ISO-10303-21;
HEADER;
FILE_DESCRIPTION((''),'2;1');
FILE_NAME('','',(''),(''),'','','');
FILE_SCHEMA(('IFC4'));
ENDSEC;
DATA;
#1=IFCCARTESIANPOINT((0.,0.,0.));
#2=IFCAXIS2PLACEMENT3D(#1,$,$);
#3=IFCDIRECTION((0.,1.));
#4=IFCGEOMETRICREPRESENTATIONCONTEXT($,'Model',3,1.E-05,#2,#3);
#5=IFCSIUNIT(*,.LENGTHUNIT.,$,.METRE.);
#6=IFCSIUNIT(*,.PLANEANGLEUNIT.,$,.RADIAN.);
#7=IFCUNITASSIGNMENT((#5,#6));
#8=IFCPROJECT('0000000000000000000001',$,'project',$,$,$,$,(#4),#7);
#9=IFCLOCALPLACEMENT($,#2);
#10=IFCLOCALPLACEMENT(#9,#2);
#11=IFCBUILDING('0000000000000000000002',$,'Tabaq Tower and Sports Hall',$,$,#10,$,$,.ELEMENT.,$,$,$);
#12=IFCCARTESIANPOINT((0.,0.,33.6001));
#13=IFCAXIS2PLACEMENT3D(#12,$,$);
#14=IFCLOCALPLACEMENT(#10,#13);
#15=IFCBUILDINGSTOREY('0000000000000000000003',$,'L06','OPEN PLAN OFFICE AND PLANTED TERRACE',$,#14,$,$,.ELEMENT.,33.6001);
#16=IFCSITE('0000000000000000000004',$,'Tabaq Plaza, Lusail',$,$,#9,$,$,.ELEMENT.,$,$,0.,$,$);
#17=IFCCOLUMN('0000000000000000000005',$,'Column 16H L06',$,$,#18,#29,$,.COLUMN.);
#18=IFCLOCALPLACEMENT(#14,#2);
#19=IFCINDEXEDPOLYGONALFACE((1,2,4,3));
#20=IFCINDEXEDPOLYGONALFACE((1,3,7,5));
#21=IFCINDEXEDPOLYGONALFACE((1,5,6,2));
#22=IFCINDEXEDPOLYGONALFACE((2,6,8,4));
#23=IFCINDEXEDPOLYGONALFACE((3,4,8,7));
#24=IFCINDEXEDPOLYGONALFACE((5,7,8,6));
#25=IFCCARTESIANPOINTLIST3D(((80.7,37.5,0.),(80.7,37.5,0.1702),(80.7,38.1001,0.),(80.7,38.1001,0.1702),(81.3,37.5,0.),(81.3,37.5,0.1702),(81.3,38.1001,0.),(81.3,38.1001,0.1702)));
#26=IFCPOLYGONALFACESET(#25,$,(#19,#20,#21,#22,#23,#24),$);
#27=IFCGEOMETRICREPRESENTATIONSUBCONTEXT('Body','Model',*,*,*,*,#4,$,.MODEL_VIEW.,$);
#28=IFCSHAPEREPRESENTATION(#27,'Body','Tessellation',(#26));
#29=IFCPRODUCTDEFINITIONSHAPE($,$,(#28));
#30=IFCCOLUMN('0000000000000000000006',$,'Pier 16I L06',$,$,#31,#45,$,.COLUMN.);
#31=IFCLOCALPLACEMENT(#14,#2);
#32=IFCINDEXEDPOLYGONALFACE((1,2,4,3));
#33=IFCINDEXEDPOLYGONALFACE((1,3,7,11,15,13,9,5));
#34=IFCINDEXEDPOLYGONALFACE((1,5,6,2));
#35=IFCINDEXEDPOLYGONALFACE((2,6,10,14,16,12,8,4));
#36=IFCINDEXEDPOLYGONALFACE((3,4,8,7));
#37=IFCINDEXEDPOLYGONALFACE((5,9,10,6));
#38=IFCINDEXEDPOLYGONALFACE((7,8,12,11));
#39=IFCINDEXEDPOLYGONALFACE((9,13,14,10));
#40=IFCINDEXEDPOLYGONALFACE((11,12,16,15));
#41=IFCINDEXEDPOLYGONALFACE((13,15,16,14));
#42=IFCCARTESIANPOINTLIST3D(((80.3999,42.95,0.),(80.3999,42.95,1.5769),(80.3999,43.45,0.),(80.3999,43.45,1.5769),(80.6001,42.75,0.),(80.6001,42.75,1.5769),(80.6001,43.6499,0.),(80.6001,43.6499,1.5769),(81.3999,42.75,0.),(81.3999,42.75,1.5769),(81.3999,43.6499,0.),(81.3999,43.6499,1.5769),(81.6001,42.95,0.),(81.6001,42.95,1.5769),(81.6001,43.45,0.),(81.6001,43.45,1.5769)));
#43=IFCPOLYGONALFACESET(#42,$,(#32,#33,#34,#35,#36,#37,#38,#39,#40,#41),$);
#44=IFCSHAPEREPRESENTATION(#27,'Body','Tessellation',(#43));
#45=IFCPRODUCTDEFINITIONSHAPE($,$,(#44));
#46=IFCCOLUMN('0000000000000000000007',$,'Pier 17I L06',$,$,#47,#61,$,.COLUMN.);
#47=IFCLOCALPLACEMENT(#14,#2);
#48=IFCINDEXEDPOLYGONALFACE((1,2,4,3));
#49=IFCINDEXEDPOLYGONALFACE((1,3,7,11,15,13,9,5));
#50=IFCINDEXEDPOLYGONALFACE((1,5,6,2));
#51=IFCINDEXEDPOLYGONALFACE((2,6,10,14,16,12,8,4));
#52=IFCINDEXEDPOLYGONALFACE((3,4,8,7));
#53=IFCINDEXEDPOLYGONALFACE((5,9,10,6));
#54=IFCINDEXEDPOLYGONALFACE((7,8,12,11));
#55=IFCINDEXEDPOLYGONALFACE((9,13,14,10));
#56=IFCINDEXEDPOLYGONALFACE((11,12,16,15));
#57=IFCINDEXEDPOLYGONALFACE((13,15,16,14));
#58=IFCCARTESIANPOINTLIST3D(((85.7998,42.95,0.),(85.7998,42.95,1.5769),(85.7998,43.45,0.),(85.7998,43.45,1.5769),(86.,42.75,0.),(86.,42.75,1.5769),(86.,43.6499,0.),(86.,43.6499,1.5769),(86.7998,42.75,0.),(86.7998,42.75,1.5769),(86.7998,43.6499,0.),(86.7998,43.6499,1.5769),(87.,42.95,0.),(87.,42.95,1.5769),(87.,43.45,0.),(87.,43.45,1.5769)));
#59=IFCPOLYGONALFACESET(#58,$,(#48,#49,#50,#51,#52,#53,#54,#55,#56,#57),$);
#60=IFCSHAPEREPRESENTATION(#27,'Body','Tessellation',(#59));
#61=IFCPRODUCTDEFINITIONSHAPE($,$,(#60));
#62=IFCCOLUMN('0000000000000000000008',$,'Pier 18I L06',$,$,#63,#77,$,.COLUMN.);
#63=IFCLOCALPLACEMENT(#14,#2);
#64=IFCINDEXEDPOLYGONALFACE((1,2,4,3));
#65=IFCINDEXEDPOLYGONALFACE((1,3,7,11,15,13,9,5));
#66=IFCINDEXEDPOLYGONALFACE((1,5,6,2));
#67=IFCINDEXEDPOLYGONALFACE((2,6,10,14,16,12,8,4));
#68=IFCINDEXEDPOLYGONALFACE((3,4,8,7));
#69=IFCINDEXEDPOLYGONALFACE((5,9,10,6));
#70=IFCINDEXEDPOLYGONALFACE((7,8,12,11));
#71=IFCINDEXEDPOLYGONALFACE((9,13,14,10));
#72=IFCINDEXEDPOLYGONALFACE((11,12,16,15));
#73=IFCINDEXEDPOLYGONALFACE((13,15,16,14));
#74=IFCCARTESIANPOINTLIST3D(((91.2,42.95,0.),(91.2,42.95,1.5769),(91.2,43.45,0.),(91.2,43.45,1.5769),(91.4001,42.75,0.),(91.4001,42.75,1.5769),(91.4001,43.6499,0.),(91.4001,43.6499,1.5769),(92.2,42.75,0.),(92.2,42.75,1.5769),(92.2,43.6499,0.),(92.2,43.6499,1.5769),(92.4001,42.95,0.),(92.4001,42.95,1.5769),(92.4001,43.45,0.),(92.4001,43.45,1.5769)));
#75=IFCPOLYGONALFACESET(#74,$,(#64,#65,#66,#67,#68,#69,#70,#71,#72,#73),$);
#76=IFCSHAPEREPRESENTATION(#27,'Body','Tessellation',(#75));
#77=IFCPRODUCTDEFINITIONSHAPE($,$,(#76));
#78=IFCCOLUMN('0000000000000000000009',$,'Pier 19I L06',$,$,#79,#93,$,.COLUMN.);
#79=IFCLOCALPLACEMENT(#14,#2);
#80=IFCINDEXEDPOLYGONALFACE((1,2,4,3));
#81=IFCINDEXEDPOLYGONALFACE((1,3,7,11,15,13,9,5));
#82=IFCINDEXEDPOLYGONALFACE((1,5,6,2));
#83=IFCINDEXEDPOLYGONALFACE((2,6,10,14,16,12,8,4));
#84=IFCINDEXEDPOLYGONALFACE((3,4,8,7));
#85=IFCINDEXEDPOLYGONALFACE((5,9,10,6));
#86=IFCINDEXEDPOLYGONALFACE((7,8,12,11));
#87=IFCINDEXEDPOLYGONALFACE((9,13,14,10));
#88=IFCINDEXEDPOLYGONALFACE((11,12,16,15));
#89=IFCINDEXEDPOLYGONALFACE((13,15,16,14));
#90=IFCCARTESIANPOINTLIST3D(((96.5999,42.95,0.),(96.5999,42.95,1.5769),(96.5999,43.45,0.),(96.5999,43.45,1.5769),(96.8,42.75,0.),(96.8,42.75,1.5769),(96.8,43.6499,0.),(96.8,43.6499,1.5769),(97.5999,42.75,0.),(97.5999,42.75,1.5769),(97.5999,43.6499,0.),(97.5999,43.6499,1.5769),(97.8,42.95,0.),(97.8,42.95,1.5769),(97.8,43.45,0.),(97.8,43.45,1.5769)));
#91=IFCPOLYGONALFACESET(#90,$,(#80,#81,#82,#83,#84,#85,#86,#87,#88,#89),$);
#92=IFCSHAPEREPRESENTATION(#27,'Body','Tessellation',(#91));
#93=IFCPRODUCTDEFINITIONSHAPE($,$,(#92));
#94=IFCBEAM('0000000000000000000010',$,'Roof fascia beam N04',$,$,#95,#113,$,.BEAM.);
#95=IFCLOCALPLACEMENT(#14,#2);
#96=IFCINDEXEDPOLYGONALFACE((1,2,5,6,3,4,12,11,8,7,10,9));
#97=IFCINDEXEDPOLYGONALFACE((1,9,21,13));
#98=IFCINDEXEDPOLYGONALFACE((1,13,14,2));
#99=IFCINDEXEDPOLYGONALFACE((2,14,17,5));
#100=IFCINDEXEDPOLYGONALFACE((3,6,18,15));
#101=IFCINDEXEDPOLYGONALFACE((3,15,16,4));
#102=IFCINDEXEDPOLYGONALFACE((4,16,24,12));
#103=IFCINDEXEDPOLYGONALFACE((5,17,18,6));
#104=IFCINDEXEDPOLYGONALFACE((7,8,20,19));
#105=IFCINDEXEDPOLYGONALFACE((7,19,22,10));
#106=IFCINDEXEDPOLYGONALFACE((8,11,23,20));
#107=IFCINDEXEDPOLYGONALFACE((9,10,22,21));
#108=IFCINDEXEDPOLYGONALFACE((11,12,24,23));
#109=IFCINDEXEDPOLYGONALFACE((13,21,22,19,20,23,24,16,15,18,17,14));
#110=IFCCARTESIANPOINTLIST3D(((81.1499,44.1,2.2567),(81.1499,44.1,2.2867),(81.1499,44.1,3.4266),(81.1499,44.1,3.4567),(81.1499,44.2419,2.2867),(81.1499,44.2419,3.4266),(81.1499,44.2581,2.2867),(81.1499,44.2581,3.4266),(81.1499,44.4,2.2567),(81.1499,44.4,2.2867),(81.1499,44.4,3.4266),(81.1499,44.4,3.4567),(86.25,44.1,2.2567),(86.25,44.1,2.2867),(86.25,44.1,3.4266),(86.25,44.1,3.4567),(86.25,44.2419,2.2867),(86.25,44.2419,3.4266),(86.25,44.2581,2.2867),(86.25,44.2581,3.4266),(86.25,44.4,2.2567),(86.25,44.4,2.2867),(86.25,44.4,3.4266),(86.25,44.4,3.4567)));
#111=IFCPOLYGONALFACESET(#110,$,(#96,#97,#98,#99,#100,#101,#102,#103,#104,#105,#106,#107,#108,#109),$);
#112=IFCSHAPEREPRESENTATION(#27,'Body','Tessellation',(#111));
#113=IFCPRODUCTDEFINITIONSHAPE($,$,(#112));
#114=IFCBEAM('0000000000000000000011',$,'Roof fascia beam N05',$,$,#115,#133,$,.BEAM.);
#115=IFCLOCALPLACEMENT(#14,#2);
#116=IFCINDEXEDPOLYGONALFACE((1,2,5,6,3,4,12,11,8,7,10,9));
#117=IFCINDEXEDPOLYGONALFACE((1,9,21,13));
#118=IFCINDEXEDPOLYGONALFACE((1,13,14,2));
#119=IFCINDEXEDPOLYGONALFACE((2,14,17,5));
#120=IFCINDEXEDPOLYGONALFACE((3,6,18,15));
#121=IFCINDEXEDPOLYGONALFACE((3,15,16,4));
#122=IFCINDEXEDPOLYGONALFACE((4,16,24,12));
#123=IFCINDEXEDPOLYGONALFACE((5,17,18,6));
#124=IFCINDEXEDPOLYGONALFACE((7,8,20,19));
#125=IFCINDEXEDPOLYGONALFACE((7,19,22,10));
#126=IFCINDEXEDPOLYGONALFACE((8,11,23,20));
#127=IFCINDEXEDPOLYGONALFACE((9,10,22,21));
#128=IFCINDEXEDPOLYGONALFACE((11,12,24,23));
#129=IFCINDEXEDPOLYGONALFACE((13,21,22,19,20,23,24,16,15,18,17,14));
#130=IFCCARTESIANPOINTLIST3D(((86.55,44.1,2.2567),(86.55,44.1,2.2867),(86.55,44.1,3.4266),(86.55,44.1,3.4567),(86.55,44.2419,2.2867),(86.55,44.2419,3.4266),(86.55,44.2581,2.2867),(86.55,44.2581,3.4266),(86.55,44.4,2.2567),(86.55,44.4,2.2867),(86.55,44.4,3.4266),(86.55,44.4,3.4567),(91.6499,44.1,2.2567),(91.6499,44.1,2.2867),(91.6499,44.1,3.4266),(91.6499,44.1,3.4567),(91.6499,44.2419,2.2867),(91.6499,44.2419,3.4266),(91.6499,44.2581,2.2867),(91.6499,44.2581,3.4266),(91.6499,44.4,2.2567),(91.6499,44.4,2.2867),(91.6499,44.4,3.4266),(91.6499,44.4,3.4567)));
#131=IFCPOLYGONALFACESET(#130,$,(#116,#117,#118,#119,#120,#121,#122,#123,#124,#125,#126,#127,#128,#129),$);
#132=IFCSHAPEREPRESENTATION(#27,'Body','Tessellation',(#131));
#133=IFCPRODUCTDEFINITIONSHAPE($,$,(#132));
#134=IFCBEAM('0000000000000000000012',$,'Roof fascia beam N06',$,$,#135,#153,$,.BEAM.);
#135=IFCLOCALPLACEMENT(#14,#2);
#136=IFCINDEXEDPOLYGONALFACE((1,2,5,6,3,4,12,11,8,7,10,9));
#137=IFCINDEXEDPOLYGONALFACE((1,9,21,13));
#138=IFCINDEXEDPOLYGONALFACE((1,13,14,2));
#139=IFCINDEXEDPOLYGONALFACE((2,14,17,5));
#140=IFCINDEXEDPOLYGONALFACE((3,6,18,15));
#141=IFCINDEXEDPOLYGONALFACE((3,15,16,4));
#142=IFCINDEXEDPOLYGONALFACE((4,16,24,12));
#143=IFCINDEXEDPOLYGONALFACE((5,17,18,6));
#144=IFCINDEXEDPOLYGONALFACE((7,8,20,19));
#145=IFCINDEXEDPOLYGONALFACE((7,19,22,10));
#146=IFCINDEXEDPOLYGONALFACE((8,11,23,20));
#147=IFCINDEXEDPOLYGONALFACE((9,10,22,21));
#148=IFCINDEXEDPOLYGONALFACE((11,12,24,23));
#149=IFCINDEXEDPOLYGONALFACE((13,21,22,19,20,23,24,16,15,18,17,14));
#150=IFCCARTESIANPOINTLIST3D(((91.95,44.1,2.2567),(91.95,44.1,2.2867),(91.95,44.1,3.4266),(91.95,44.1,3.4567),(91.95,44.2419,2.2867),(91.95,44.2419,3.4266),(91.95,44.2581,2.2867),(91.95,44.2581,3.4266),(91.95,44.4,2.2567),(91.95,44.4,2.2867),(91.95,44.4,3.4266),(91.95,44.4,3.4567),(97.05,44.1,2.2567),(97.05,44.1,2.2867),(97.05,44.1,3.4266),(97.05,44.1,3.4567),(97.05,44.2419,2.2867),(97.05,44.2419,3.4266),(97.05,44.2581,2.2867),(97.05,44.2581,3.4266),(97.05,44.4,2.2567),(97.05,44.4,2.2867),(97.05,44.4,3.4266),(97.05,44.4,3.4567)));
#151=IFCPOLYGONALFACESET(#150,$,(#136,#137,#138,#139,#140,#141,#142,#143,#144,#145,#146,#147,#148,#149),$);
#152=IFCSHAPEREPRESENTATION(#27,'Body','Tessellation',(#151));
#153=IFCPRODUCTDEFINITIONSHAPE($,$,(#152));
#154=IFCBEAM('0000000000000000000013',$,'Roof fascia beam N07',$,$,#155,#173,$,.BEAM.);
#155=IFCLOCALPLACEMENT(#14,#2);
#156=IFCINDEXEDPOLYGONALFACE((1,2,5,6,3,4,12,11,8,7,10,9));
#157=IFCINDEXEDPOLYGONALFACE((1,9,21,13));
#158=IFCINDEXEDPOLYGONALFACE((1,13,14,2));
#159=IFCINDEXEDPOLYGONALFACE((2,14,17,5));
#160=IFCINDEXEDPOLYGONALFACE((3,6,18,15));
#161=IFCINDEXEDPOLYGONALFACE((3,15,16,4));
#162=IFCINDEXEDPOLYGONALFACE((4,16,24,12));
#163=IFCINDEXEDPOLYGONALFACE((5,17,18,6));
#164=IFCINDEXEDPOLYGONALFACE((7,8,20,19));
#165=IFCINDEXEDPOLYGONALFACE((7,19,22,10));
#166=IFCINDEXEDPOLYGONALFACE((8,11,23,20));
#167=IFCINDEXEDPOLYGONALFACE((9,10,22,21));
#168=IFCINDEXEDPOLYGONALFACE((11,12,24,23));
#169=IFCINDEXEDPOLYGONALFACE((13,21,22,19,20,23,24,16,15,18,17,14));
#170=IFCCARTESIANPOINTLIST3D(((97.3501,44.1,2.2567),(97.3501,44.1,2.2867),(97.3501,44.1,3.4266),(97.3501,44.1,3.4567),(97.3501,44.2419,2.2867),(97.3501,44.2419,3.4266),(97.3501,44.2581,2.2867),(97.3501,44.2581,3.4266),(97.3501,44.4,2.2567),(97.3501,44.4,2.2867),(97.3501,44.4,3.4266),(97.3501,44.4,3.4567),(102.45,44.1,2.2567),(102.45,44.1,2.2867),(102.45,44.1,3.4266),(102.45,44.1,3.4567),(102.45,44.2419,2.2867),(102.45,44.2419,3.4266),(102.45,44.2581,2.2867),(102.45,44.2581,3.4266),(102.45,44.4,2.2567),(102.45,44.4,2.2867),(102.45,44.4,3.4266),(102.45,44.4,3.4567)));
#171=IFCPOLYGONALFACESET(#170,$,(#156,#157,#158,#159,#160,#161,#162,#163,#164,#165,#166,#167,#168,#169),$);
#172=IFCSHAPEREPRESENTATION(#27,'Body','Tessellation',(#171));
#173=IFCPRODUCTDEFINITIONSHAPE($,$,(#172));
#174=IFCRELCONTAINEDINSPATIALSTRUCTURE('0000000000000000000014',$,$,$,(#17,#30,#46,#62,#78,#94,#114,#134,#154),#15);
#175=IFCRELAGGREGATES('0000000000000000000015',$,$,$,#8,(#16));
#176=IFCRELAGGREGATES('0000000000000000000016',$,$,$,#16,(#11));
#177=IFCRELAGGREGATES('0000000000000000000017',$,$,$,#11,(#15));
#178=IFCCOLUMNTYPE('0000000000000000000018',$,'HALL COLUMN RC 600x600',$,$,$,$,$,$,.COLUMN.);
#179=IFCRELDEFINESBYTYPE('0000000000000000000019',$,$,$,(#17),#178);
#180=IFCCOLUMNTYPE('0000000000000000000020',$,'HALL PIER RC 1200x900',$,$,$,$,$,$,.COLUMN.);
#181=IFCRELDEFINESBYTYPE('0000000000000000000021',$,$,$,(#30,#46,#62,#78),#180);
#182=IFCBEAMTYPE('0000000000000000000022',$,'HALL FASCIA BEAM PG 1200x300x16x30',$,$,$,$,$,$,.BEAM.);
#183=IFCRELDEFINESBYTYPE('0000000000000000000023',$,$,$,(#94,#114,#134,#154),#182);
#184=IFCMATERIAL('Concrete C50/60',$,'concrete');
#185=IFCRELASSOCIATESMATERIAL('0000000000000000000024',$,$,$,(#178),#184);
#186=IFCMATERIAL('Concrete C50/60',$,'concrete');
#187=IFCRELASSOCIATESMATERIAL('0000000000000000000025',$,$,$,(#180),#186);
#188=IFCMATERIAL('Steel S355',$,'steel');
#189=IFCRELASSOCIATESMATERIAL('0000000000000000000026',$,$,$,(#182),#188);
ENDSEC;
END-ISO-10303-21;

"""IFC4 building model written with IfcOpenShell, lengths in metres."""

from ifc_helpers import new_model, si_unit, direction, frame, origin, origin_2d, place, context, subcontext, project, spatial, polyline, rectangle, i_section, outline, extrude, material, material_profile, profile_set, type_object, element, save


model = new_model("IFC4")

# Units and contexts
model_context = context("Model", 3, precision=1e-05, world=origin(), true_north=direction((0.0, 1.0)))
body_context = subcontext(model_context, "Body", "Model", "MODEL_VIEW")
ifc_project = project(units=[si_unit("LENGTHUNIT", "METRE"), si_unit("PLANEANGLEUNIT", "RADIAN")], contexts=[model_context])

# Site, building, storey
site_placement = place(None, origin())
site = spatial("IfcSite", under=ifc_project, at=site_placement, Name="Tabaq Plaza, Lusail", CompositionType="ELEMENT", RefElevation=0.0)
building_placement = place(site_placement, origin())
building = spatial("IfcBuilding", under=site, at=building_placement, Name="Tabaq Tower and Sports Hall", CompositionType="ELEMENT")
storey_placement = place(building_placement, frame((0.0, 0.0, 33.6001)))
storey = spatial("IfcBuildingStorey", under=building, at=storey_placement, Name="L06", Description="OPEN PLAN OFFICE AND PLANTED TERRACE", CompositionType="ELEMENT", Elevation=33.6001)

# Columns
ifc_material_1 = material(Name="Concrete C50/60", Category="concrete")
ifc_material_profile_1 = material_profile(ifc_material_1, rectangle(XDim=0.6001, YDim=0.6001, at=origin_2d()), Name="RC 600x600")
ifc_profile_set_1 = profile_set([ifc_material_profile_1], Name="Concrete C50/60")
column_type_1 = type_object("IfcColumnType", Name="HALL COLUMN RC 600x600", PredefinedType="COLUMN", material=ifc_profile_set_1)
column_placement = place(storey_placement, frame((81.0, 37.8, 0.0), z_axis=(0.0, 0.0, 1.0), x_axis=(1.0, 0.0, 0.0)))
element("IfcColumn", 1, at=column_placement, inside=storey, type_object=column_type_1, Name="Column 16H L06", PredefinedType="COLUMN", context=body_context, shape_type="SweptSolid", body=[
    extrude(rectangle(XDim=0.6001, YDim=0.6001, at=origin_2d()), origin(), (0.0, 0.0, 1.0), 0.1702),
])
ifc_material_2 = material(Name="Concrete C50/60", Category="concrete")
ifc_material_profile_2 = material_profile(ifc_material_2, outline(polyline([(-0.3999, -0.45), (0.3999, -0.45), (0.6001, -0.25), (0.6001, 0.25), (0.3999, 0.45), (-0.3999, 0.45), (-0.6001, 0.25), (-0.6001, -0.25), (-0.3999, -0.45)])), Name="PIER 1200x900")
ifc_profile_set_2 = profile_set([ifc_material_profile_2], Name="Concrete C50/60")
column_type_2 = type_object("IfcColumnType", Name="HALL PIER RC 1200x900", PredefinedType="COLUMN", material=ifc_profile_set_2)
for number, where, z_axis, x_axis, name in (
    (2, (81.0, 43.2, 0.0), (0.0, 0.0, 1.0), (1.0, 0.0, 0.0), "Pier 16I L06"),
    (3, (86.3999, 43.2, 0.0), (0.0, 0.0, 1.0), (1.0, 0.0, 0.0), "Pier 17I L06"),
    (4, (91.8, 43.2, 0.0), (0.0, 0.0, 1.0), (1.0, 0.0, 0.0), "Pier 18I L06"),
    (5, (97.2, 43.2, 0.0), (0.0, 0.0, 1.0), (1.0, 0.0, 0.0), "Pier 19I L06"),
):
    element("IfcColumn", number, at=place(storey_placement, frame(where, z_axis=z_axis, x_axis=x_axis)), inside=storey, type_object=column_type_2, Name=name, PredefinedType="COLUMN", context=body_context, shape_type="SweptSolid", body=[
        extrude(outline(polyline([(-0.3999, -0.45), (0.3999, -0.45), (0.6001, -0.25), (0.6001, 0.25), (0.3999, 0.45), (-0.3999, 0.45), (-0.6001, 0.25), (-0.6001, -0.25), (-0.3999, -0.45)])), origin(), (0.0, 0.0, 1.0), 1.5769),
    ])

# Beams
ifc_material_3 = material(Name="Steel S355", Category="steel")
ifc_material_profile_3 = material_profile(ifc_material_3, i_section(OverallWidth=0.3, OverallDepth=1.2, WebThickness=0.0161, FlangeThickness=0.03, at=origin_2d()), Name="PG 1200x300x16x30")
ifc_profile_set_3 = profile_set([ifc_material_profile_3], Name="Steel S355")
beam_type = type_object("IfcBeamType", Name="HALL FASCIA BEAM PG 1200x300x16x30", PredefinedType="BEAM", material=ifc_profile_set_3)
beam_1_placement = place(storey_placement, frame((81.1499, 44.25, 2.8567), z_axis=(1.0, 0.0, 0.0), x_axis=(0.0, 1.0, 0.0)))
element("IfcBeam", 6, at=beam_1_placement, inside=storey, type_object=beam_type, Name="Roof fascia beam N04", PredefinedType="BEAM", context=body_context, shape_type="SweptSolid", body=[
    extrude(i_section(OverallWidth=0.3, OverallDepth=1.2, WebThickness=0.0161, FlangeThickness=0.03, at=origin_2d()), origin(), (0.0, 0.0, 1.0), 5.1001),
])
beam_2_placement = place(storey_placement, frame((86.55, 44.25, 2.8567), z_axis=(1.0, 0.0, 0.0), x_axis=(0.0, 1.0, 0.0)))
element("IfcBeam", 7, at=beam_2_placement, inside=storey, type_object=beam_type, Name="Roof fascia beam N05", PredefinedType="BEAM", context=body_context, shape_type="SweptSolid", body=[
    extrude(i_section(OverallWidth=0.3, OverallDepth=1.2, WebThickness=0.0161, FlangeThickness=0.03, at=origin_2d()), origin(), (0.0, 0.0, 1.0), 5.0999),
])
beam_3_placement = place(storey_placement, frame((91.95, 44.25, 2.8567), z_axis=(1.0, 0.0, 0.0), x_axis=(0.0, 1.0, 0.0)))
element("IfcBeam", 8, at=beam_3_placement, inside=storey, type_object=beam_type, Name="Roof fascia beam N06", PredefinedType="BEAM", context=body_context, shape_type="SweptSolid", body=[
    extrude(i_section(OverallWidth=0.3, OverallDepth=1.2, WebThickness=0.0161, FlangeThickness=0.03, at=origin_2d()), origin(), (0.0, 0.0, 1.0), 5.1001),
])
beam_4_placement = place(storey_placement, frame((97.3501, 44.25, 2.8567), z_axis=(1.0, 0.0, 0.0), x_axis=(0.0, 1.0, 0.0)))
element("IfcBeam", 9, at=beam_4_placement, inside=storey, type_object=beam_type, Name="Roof fascia beam N07", PredefinedType="BEAM", context=body_context, shape_type="SweptSolid", body=[
    extrude(i_section(OverallWidth=0.3, OverallDepth=1.2, WebThickness=0.0161, FlangeThickness=0.03, at=origin_2d()), origin(), (0.0, 0.0, 1.0), 5.0999),
])

save(model, "model.ifc")
